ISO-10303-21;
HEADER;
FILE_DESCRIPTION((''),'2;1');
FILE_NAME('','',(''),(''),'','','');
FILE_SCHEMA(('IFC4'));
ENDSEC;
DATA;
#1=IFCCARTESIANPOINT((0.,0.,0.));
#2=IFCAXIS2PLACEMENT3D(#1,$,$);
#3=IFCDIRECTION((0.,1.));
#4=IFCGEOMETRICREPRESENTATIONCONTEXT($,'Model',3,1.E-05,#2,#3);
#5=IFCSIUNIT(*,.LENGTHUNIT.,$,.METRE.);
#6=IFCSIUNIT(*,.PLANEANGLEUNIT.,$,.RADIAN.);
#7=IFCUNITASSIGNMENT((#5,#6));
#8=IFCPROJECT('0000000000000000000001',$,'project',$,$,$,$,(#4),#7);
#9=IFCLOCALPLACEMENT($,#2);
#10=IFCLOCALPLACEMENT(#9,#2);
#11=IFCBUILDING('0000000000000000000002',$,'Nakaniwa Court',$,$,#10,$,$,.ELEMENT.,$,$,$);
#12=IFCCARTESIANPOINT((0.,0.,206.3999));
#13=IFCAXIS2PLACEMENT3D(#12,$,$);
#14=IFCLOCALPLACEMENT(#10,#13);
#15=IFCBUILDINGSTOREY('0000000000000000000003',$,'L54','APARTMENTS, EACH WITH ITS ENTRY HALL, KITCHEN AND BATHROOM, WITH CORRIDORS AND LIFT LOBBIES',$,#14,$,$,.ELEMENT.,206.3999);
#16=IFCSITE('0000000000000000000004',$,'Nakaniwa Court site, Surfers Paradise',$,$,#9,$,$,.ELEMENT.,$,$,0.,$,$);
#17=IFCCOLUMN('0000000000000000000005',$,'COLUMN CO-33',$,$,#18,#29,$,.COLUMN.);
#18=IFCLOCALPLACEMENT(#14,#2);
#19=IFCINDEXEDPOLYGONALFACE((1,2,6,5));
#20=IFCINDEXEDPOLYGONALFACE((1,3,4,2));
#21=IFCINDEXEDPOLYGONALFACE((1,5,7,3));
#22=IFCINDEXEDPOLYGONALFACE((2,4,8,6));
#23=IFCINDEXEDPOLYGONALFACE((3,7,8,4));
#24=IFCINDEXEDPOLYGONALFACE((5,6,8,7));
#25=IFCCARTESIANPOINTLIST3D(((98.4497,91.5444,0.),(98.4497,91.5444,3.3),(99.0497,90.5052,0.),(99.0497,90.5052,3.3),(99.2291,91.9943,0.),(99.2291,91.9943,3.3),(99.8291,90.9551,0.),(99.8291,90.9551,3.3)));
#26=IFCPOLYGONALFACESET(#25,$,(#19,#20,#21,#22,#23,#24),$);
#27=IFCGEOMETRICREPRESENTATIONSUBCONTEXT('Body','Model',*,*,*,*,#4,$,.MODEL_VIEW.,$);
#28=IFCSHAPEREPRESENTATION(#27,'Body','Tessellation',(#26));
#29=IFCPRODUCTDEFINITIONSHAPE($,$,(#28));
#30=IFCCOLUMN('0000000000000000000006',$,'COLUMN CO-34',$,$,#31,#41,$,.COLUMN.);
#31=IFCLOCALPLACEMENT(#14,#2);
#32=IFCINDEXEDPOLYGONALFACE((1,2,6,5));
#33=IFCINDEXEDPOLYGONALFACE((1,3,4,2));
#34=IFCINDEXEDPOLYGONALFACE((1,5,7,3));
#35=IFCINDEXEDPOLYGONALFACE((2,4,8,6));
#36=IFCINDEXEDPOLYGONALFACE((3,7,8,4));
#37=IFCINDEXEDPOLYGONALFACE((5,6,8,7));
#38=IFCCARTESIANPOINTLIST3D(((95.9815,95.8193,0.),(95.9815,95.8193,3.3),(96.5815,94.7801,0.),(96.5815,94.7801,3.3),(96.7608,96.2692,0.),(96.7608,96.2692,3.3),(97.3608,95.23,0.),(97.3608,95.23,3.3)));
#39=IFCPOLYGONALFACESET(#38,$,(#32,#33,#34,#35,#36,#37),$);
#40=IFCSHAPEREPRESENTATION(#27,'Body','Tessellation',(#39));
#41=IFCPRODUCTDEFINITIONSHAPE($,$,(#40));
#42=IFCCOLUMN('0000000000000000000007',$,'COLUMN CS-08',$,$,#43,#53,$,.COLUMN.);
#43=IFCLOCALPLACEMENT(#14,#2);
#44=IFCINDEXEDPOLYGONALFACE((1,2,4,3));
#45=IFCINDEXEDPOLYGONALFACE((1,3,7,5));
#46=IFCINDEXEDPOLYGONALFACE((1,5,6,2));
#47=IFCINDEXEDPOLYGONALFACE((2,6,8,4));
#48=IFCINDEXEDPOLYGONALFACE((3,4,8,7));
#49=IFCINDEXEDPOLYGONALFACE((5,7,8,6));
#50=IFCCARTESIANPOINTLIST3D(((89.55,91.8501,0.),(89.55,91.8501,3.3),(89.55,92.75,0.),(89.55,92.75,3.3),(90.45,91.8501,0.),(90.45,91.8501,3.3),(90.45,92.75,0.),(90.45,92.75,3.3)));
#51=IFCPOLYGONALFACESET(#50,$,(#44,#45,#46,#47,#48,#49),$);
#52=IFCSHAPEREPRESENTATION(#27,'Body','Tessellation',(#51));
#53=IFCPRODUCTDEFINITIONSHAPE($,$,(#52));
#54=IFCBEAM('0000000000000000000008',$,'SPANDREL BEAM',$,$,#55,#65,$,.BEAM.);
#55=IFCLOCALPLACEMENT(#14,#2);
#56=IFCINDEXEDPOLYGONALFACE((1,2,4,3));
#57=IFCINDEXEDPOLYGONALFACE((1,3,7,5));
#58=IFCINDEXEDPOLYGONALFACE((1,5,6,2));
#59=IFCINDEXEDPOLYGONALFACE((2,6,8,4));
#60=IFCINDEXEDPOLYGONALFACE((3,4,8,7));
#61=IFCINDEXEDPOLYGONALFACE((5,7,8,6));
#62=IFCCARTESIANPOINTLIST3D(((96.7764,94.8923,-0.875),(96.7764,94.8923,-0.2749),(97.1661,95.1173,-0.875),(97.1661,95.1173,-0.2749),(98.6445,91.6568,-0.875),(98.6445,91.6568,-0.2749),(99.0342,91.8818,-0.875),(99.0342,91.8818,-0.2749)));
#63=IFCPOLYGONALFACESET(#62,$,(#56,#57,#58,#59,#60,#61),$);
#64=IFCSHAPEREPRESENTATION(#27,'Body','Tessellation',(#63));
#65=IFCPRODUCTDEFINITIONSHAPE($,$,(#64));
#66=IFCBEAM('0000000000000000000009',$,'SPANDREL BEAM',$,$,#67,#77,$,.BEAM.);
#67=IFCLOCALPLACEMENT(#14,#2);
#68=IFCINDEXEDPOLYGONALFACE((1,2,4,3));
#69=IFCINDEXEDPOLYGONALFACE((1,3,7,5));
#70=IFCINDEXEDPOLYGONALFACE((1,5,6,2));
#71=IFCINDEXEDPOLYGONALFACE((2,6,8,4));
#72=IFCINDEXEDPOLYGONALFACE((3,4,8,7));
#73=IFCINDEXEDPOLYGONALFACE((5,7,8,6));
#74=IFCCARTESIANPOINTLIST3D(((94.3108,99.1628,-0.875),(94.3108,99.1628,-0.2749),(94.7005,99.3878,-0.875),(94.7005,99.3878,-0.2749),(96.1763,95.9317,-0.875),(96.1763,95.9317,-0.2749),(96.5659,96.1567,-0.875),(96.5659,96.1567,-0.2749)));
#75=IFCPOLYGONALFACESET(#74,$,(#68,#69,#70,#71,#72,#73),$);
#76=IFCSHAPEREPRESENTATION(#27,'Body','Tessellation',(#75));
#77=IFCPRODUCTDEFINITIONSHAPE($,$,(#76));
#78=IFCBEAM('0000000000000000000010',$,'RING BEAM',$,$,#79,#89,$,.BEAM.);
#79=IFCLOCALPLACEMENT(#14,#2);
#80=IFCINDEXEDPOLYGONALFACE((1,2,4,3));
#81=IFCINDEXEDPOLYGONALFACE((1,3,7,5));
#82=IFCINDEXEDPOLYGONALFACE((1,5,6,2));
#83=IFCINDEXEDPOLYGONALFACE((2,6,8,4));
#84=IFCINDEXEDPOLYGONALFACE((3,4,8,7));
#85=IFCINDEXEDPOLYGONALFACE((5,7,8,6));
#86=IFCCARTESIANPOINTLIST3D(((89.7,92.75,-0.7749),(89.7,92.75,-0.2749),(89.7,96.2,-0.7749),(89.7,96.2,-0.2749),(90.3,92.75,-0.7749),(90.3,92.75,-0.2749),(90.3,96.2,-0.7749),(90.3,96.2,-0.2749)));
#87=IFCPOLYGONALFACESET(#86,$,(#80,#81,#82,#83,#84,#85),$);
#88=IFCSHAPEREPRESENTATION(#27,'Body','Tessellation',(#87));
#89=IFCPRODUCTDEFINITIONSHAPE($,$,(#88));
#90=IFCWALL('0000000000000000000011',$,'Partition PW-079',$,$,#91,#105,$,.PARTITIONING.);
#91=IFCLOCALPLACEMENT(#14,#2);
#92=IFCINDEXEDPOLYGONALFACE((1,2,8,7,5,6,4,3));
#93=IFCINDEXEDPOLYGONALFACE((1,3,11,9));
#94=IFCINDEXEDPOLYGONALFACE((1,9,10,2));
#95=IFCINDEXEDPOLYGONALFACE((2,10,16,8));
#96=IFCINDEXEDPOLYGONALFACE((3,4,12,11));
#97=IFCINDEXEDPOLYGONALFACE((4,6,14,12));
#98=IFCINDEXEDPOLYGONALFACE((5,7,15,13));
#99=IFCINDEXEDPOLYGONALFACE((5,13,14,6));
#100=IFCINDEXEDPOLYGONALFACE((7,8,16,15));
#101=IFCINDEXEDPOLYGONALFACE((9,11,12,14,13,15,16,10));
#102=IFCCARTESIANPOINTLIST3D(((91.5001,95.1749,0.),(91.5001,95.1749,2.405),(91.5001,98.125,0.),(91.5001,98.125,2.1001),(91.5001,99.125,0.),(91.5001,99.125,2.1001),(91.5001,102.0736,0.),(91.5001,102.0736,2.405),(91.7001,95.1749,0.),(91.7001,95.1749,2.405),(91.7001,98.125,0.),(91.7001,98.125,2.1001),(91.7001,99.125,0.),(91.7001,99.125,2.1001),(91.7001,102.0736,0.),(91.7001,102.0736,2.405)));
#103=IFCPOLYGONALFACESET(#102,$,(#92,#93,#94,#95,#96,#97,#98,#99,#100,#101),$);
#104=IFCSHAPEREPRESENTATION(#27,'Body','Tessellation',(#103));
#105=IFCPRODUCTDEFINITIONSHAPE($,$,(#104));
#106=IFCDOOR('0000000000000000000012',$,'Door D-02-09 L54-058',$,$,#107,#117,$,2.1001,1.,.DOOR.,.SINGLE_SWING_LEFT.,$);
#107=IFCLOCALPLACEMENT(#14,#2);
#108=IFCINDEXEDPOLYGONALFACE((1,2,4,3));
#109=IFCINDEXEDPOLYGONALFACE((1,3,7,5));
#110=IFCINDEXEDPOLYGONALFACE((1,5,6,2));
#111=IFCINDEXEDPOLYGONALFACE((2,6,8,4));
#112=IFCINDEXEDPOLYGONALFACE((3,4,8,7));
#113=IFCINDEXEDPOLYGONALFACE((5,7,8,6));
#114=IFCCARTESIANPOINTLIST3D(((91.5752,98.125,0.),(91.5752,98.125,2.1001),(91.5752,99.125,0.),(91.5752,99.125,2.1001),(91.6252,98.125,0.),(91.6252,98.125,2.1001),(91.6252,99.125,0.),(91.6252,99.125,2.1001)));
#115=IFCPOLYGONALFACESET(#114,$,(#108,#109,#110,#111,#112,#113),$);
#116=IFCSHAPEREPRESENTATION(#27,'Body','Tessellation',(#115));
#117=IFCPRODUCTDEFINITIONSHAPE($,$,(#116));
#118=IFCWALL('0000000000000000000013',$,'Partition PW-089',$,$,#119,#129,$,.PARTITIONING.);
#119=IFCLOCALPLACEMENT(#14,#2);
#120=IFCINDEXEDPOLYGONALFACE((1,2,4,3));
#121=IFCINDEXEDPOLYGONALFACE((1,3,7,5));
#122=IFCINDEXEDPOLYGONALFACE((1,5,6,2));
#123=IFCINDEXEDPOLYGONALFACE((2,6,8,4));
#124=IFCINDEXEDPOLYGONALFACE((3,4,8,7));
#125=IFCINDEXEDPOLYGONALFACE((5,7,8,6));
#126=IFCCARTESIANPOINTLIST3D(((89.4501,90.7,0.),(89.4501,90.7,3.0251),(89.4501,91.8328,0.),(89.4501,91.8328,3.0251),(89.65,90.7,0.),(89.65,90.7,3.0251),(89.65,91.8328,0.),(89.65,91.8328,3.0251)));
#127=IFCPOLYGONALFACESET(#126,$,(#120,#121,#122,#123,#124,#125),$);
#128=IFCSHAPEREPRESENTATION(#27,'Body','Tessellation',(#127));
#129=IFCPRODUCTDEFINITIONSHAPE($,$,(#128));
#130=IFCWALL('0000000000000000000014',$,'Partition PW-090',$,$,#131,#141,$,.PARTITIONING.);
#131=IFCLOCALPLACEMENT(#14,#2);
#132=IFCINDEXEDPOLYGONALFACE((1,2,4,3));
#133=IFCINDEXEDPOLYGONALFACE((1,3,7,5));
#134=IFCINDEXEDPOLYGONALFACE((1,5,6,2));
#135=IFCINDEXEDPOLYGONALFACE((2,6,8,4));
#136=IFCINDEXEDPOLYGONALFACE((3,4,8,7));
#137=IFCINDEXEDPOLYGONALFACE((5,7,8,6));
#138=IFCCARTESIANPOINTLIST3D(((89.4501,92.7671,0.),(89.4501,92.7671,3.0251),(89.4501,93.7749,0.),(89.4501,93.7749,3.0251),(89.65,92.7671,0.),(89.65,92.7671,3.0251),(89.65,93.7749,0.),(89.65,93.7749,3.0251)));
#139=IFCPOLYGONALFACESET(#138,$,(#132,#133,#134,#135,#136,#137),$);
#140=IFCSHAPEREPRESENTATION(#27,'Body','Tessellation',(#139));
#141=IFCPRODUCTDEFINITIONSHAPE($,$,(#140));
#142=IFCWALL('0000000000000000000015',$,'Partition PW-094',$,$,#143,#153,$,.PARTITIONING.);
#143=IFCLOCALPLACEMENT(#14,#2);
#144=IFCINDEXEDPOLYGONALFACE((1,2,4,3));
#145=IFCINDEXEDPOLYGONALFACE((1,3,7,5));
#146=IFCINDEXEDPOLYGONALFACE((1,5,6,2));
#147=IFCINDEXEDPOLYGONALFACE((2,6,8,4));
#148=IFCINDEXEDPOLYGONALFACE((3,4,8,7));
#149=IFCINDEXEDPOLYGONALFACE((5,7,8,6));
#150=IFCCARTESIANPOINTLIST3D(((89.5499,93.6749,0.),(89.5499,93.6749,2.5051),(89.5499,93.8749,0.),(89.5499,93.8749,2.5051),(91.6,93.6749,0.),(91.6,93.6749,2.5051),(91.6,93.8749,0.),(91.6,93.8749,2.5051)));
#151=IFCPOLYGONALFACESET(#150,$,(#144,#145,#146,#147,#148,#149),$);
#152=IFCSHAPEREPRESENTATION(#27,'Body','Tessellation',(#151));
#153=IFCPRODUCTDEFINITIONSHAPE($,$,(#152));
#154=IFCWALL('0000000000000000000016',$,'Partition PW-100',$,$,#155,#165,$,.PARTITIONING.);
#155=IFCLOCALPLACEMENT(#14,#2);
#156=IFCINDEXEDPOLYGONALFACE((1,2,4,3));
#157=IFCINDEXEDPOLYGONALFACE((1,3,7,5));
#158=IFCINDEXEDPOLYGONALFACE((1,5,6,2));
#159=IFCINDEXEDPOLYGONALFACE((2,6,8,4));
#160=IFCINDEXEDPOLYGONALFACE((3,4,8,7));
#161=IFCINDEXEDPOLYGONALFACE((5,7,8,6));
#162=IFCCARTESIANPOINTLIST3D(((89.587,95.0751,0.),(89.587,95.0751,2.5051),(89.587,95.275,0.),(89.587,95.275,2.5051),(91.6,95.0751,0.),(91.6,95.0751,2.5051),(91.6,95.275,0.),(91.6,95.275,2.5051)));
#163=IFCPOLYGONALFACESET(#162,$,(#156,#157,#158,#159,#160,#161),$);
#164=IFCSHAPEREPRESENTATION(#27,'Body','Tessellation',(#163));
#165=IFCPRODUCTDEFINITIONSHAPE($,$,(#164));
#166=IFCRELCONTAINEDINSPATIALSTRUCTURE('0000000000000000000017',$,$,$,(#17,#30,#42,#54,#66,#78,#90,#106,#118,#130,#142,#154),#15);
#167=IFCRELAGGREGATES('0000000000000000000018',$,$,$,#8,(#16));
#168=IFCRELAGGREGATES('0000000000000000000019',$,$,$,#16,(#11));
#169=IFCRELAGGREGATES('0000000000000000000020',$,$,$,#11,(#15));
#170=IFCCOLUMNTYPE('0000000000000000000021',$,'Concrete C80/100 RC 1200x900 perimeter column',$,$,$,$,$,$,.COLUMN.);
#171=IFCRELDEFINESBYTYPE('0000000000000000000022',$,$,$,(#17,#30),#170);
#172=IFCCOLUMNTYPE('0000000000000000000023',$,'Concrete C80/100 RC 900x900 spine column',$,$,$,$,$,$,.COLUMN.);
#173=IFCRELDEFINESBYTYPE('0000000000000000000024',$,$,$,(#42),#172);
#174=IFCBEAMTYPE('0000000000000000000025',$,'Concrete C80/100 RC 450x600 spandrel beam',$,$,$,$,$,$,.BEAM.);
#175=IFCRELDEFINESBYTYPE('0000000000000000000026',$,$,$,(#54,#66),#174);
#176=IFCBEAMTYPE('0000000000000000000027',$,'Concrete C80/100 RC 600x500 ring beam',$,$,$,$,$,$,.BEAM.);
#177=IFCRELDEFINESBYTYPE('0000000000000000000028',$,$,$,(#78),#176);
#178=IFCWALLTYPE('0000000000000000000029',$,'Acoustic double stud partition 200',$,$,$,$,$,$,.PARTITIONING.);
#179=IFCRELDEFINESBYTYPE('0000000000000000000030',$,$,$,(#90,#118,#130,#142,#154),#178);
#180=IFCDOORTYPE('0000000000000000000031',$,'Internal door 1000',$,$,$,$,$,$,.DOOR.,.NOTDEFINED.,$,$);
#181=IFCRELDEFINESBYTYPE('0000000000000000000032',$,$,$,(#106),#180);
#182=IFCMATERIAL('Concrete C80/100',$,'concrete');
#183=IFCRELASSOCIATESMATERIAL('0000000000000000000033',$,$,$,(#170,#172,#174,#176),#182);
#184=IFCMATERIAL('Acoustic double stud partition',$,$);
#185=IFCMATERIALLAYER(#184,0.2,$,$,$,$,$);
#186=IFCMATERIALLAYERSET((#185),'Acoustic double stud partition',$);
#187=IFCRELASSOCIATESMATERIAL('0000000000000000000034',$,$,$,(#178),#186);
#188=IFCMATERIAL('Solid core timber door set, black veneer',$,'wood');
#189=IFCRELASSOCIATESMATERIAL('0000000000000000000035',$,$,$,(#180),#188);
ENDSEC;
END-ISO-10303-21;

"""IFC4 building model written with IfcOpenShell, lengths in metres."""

from ifc_helpers import new_model, si_unit, direction, frame, frame_2d, origin, origin_2d, place, context, subcontext, project, spatial, rectangle, extrude, material, layer, layer_set, material_profile, profile_set, type_object, element, fill, save


model = new_model("IFC4")

# Units and contexts
model_context = context("Model", 3, precision=1e-05, world=origin(), true_north=direction((0.0, 1.0)))
body_context = subcontext(model_context, "Body", "Model", "MODEL_VIEW")
ifc_project = project(units=[si_unit("LENGTHUNIT", "METRE"), si_unit("PLANEANGLEUNIT", "RADIAN")], contexts=[model_context])

# Site, building, storey
site_placement = place(None, origin())
site = spatial("IfcSite", under=ifc_project, at=site_placement, Name="Nakaniwa Court site, Surfers Paradise", CompositionType="ELEMENT", RefElevation=0.0)
building_placement = place(site_placement, origin())
building = spatial("IfcBuilding", under=site, at=building_placement, Name="Nakaniwa Court", CompositionType="ELEMENT")
storey_placement = place(building_placement, frame((0.0, 0.0, 206.3999)))
storey = spatial("IfcBuildingStorey", under=building, at=storey_placement, Name="L54", Description="APARTMENTS, EACH WITH ITS ENTRY HALL, KITCHEN AND BATHROOM, WITH CORRIDORS AND LIFT LOBBIES", CompositionType="ELEMENT", Elevation=206.3999)

# Columns
ifc_material_1 = material(Name="Concrete C80/100", Category="concrete")
ifc_material_profile_1 = material_profile(ifc_material_1, rectangle(XDim=1.2, YDim=0.8999, at=origin_2d()), Name="Concrete C80/100 RC 1200x900 perimeter column")
ifc_profile_set_1 = profile_set([ifc_material_profile_1], Name="Concrete C80/100")
column_type_1 = type_object("IfcColumnType", Name="Concrete C80/100 RC 1200x900 perimeter column", PredefinedType="COLUMN", material=ifc_profile_set_1)
for number, where, z_axis, x_axis, name in (
    (1, (99.1394, 91.2498, 0.0), (0.0, 0.0, 1.0), (-0.5, 0.866025, 0.0), "COLUMN CO-33"),
    (2, (96.6711, 95.5247, 0.0), (0.0, 0.0, 1.0), (-0.5, 0.866025, 0.0), "COLUMN CO-34"),
):
    element("IfcColumn", number, at=place(storey_placement, frame(where, z_axis=z_axis, x_axis=x_axis)), inside=storey, type_object=column_type_1, Name=name, PredefinedType="COLUMN", context=body_context, shape_type="SweptSolid", body=[
        extrude(rectangle(XDim=1.2, YDim=0.8999, at=origin_2d()), origin(), (0.0, 0.0, 1.0), 3.3),
    ])
ifc_material_profile_2 = material_profile(ifc_material_1, rectangle(XDim=0.8999, YDim=0.8999, at=origin_2d()), Name="Concrete C80/100 RC 900x900 spine column")
ifc_profile_set_2 = profile_set([ifc_material_profile_2], Name="Concrete C80/100")
column_type_2 = type_object("IfcColumnType", Name="Concrete C80/100 RC 900x900 spine column", PredefinedType="COLUMN", material=ifc_profile_set_2)
column_placement = place(storey_placement, frame((90.0, 92.3, 0.0), z_axis=(0.0, 0.0, 1.0), x_axis=(0.0, 1.0, 0.0)))
element("IfcColumn", 3, at=column_placement, inside=storey, type_object=column_type_2, Name="COLUMN CS-08", PredefinedType="COLUMN", context=body_context, shape_type="SweptSolid", body=[
    extrude(rectangle(XDim=0.8999, YDim=0.8999, at=origin_2d()), origin(), (0.0, 0.0, 1.0), 3.3),
])

# Beams
ifc_material_profile_3 = material_profile(ifc_material_1, rectangle(XDim=0.45, YDim=0.6001, at=origin_2d()), Name="Concrete C80/100 RC 450x600 spandrel beam")
ifc_profile_set_3 = profile_set([ifc_material_profile_3], Name="Concrete C80/100")
beam_type_1 = type_object("IfcBeamType", Name="Concrete C80/100 RC 450x600 spandrel beam", PredefinedType="BEAM", material=ifc_profile_set_3)
beam_1_placement = place(storey_placement, frame((98.8394, 91.7693, -0.575), z_axis=(-0.500018, 0.866015, 0.0), x_axis=(-0.866015, -0.500018, 0.0)))
element("IfcBeam", 4, at=beam_1_placement, inside=storey, type_object=beam_type_1, Name="SPANDREL BEAM", PredefinedType="BEAM", context=body_context, shape_type="SweptSolid", body=[
    extrude(rectangle(XDim=0.45, YDim=0.6001, at=origin_2d()), origin(), (0.0, 0.0, 1.0), 3.7361),
])
beam_2_placement = place(storey_placement, frame((96.3711, 96.0442, -0.575), z_axis=(-0.499989, 0.866032, 0.0), x_axis=(-0.866032, -0.499989, 0.0)))
element("IfcBeam", 5, at=beam_2_placement, inside=storey, type_object=beam_type_1, Name="SPANDREL BEAM", PredefinedType="BEAM", context=body_context, shape_type="SweptSolid", body=[
    extrude(rectangle(XDim=0.45, YDim=0.6001, at=origin_2d()), origin(), (0.0, 0.0, 1.0), 3.731),
])
ifc_material_profile_4 = material_profile(ifc_material_1, rectangle(XDim=0.6001, YDim=0.5, at=origin_2d()), Name="Concrete C80/100 RC 600x500 ring beam")
ifc_profile_set_4 = profile_set([ifc_material_profile_4], Name="Concrete C80/100")
beam_type_2 = type_object("IfcBeamType", Name="Concrete C80/100 RC 600x500 ring beam", PredefinedType="BEAM", material=ifc_profile_set_4)
beam_3_placement = place(storey_placement, frame((90.0, 92.75, -0.5249), z_axis=(0.0, 1.0, 0.0), x_axis=(-1.0, 0.0, 0.0)))
element("IfcBeam", 6, at=beam_3_placement, inside=storey, type_object=beam_type_2, Name="RING BEAM", PredefinedType="BEAM", context=body_context, shape_type="SweptSolid", body=[
    extrude(rectangle(XDim=0.6001, YDim=0.5, at=origin_2d()), origin(), (0.0, 0.0, 1.0), 3.45),
])

# Wall, opening, door
ifc_material_2 = material(Name="Acoustic double stud partition")
ifc_layer_1 = layer(ifc_material_2, 0.2)
ifc_layer_set_1 = layer_set([ifc_layer_1], Name="Acoustic double stud partition")
wall_type_1 = type_object("IfcWallType", Name="Acoustic double stud partition 200", PredefinedType="PARTITIONING", material=ifc_layer_set_1)
wall_1_placement = place(storey_placement, frame((91.6001, 95.175, 0.0), z_axis=(0.0, 0.0, 1.0), x_axis=(0.0, 1.0, 0.0)))
wall_1 = element("IfcWall", 7, at=wall_1_placement, inside=storey, type_object=wall_type_1, Name="Partition PW-079", PredefinedType="PARTITIONING", context=body_context, shape_type="SweptSolid", body=[
    extrude(rectangle(XDim=6.8987, YDim=0.2, at=frame_2d((3.4492, 0.0))), origin(), (0.0, 0.0, 1.0), 2.405),
])
opening_1_placement = place(wall_1_placement, frame((2.95, 0.0, 0.0)))
opening_1 = element("IfcOpeningElement", 8, at=opening_1_placement, cuts=wall_1, PredefinedType="OPENING", context=body_context, shape_type="SweptSolid", body=[
    extrude(rectangle(XDim=1.0, YDim=2.1001, at=frame_2d((0.5, 1.05))), frame((0.0, 0.1099, 0.0), z_axis=(0.0, -1.0, 0.0), x_axis=(1.0, 0.0, 0.0)), (0.0, 0.0, 1.0), 0.22),
])
ifc_material_3 = material(Name="Solid core timber door set, black veneer", Category="wood")
door_type = type_object("IfcDoorType", Name="Internal door 1000", OperationType="NOTDEFINED", PredefinedType="DOOR", material=ifc_material_3)
door_placement = place(opening_1_placement, origin())
door = element("IfcDoor", 9, at=door_placement, inside=storey, type_object=door_type, Name="Door D-02-09 L54-058", OperationType="SINGLE_SWING_LEFT", OverallHeight=2.1001, OverallWidth=1.0, PredefinedType="DOOR", context=body_context, shape_type="SweptSolid", body=[
    extrude(rectangle(XDim=1.0, YDim=2.1001, at=frame_2d((0.5, 1.05))), frame((0.0, 0.0249, 0.0), z_axis=(0.0, -1.0, 0.0), x_axis=(1.0, 0.0, 0.0)), (0.0, 0.0, 1.0), 0.05),
])
fill(opening_1, door)

# Walls
wall_2_placement = place(storey_placement, frame((89.55, 90.7, 0.0), z_axis=(0.0, 0.0, 1.0), x_axis=(0.0, 1.0, 0.0)))
element("IfcWall", 10, at=wall_2_placement, inside=storey, type_object=wall_type_1, Name="Partition PW-089", PredefinedType="PARTITIONING", context=body_context, shape_type="SweptSolid", body=[
    extrude(rectangle(XDim=1.1328, YDim=0.2, at=frame_2d((0.5664, 0.0))), origin(), (0.0, 0.0, 1.0), 3.0251),
])
wall_3_placement = place(storey_placement, frame((89.55, 92.7671, 0.0), z_axis=(0.0, 0.0, 1.0), x_axis=(0.0, 1.0, 0.0)))
element("IfcWall", 11, at=wall_3_placement, inside=storey, type_object=wall_type_1, Name="Partition PW-090", PredefinedType="PARTITIONING", context=body_context, shape_type="SweptSolid", body=[
    extrude(rectangle(XDim=1.0078, YDim=0.2, at=frame_2d((0.5039, 0.0))), origin(), (0.0, 0.0, 1.0), 3.0251),
])
wall_4_placement = place(storey_placement, frame((89.55, 93.7749, 0.0), z_axis=(0.0, 0.0, 1.0), x_axis=(1.0, 0.0, 0.0)))
element("IfcWall", 12, at=wall_4_placement, inside=storey, type_object=wall_type_1, Name="Partition PW-094", PredefinedType="PARTITIONING", context=body_context, shape_type="SweptSolid", body=[
    extrude(rectangle(XDim=2.05, YDim=0.2, at=frame_2d((1.0249, 0.0))), origin(), (0.0, 0.0, 1.0), 2.5051),
])
wall_5_placement = place(storey_placement, frame((89.5872, 95.175, 0.0), z_axis=(0.0, 0.0, 1.0), x_axis=(1.0, 0.0, 0.0)))
element("IfcWall", 13, at=wall_5_placement, inside=storey, type_object=wall_type_1, Name="Partition PW-100", PredefinedType="PARTITIONING", context=body_context, shape_type="SweptSolid", body=[
    extrude(rectangle(XDim=2.0129, YDim=0.2, at=frame_2d((1.0063, 0.0))), origin(), (0.0, 0.0, 1.0), 2.5051),
])

save(model, "model.ifc")
